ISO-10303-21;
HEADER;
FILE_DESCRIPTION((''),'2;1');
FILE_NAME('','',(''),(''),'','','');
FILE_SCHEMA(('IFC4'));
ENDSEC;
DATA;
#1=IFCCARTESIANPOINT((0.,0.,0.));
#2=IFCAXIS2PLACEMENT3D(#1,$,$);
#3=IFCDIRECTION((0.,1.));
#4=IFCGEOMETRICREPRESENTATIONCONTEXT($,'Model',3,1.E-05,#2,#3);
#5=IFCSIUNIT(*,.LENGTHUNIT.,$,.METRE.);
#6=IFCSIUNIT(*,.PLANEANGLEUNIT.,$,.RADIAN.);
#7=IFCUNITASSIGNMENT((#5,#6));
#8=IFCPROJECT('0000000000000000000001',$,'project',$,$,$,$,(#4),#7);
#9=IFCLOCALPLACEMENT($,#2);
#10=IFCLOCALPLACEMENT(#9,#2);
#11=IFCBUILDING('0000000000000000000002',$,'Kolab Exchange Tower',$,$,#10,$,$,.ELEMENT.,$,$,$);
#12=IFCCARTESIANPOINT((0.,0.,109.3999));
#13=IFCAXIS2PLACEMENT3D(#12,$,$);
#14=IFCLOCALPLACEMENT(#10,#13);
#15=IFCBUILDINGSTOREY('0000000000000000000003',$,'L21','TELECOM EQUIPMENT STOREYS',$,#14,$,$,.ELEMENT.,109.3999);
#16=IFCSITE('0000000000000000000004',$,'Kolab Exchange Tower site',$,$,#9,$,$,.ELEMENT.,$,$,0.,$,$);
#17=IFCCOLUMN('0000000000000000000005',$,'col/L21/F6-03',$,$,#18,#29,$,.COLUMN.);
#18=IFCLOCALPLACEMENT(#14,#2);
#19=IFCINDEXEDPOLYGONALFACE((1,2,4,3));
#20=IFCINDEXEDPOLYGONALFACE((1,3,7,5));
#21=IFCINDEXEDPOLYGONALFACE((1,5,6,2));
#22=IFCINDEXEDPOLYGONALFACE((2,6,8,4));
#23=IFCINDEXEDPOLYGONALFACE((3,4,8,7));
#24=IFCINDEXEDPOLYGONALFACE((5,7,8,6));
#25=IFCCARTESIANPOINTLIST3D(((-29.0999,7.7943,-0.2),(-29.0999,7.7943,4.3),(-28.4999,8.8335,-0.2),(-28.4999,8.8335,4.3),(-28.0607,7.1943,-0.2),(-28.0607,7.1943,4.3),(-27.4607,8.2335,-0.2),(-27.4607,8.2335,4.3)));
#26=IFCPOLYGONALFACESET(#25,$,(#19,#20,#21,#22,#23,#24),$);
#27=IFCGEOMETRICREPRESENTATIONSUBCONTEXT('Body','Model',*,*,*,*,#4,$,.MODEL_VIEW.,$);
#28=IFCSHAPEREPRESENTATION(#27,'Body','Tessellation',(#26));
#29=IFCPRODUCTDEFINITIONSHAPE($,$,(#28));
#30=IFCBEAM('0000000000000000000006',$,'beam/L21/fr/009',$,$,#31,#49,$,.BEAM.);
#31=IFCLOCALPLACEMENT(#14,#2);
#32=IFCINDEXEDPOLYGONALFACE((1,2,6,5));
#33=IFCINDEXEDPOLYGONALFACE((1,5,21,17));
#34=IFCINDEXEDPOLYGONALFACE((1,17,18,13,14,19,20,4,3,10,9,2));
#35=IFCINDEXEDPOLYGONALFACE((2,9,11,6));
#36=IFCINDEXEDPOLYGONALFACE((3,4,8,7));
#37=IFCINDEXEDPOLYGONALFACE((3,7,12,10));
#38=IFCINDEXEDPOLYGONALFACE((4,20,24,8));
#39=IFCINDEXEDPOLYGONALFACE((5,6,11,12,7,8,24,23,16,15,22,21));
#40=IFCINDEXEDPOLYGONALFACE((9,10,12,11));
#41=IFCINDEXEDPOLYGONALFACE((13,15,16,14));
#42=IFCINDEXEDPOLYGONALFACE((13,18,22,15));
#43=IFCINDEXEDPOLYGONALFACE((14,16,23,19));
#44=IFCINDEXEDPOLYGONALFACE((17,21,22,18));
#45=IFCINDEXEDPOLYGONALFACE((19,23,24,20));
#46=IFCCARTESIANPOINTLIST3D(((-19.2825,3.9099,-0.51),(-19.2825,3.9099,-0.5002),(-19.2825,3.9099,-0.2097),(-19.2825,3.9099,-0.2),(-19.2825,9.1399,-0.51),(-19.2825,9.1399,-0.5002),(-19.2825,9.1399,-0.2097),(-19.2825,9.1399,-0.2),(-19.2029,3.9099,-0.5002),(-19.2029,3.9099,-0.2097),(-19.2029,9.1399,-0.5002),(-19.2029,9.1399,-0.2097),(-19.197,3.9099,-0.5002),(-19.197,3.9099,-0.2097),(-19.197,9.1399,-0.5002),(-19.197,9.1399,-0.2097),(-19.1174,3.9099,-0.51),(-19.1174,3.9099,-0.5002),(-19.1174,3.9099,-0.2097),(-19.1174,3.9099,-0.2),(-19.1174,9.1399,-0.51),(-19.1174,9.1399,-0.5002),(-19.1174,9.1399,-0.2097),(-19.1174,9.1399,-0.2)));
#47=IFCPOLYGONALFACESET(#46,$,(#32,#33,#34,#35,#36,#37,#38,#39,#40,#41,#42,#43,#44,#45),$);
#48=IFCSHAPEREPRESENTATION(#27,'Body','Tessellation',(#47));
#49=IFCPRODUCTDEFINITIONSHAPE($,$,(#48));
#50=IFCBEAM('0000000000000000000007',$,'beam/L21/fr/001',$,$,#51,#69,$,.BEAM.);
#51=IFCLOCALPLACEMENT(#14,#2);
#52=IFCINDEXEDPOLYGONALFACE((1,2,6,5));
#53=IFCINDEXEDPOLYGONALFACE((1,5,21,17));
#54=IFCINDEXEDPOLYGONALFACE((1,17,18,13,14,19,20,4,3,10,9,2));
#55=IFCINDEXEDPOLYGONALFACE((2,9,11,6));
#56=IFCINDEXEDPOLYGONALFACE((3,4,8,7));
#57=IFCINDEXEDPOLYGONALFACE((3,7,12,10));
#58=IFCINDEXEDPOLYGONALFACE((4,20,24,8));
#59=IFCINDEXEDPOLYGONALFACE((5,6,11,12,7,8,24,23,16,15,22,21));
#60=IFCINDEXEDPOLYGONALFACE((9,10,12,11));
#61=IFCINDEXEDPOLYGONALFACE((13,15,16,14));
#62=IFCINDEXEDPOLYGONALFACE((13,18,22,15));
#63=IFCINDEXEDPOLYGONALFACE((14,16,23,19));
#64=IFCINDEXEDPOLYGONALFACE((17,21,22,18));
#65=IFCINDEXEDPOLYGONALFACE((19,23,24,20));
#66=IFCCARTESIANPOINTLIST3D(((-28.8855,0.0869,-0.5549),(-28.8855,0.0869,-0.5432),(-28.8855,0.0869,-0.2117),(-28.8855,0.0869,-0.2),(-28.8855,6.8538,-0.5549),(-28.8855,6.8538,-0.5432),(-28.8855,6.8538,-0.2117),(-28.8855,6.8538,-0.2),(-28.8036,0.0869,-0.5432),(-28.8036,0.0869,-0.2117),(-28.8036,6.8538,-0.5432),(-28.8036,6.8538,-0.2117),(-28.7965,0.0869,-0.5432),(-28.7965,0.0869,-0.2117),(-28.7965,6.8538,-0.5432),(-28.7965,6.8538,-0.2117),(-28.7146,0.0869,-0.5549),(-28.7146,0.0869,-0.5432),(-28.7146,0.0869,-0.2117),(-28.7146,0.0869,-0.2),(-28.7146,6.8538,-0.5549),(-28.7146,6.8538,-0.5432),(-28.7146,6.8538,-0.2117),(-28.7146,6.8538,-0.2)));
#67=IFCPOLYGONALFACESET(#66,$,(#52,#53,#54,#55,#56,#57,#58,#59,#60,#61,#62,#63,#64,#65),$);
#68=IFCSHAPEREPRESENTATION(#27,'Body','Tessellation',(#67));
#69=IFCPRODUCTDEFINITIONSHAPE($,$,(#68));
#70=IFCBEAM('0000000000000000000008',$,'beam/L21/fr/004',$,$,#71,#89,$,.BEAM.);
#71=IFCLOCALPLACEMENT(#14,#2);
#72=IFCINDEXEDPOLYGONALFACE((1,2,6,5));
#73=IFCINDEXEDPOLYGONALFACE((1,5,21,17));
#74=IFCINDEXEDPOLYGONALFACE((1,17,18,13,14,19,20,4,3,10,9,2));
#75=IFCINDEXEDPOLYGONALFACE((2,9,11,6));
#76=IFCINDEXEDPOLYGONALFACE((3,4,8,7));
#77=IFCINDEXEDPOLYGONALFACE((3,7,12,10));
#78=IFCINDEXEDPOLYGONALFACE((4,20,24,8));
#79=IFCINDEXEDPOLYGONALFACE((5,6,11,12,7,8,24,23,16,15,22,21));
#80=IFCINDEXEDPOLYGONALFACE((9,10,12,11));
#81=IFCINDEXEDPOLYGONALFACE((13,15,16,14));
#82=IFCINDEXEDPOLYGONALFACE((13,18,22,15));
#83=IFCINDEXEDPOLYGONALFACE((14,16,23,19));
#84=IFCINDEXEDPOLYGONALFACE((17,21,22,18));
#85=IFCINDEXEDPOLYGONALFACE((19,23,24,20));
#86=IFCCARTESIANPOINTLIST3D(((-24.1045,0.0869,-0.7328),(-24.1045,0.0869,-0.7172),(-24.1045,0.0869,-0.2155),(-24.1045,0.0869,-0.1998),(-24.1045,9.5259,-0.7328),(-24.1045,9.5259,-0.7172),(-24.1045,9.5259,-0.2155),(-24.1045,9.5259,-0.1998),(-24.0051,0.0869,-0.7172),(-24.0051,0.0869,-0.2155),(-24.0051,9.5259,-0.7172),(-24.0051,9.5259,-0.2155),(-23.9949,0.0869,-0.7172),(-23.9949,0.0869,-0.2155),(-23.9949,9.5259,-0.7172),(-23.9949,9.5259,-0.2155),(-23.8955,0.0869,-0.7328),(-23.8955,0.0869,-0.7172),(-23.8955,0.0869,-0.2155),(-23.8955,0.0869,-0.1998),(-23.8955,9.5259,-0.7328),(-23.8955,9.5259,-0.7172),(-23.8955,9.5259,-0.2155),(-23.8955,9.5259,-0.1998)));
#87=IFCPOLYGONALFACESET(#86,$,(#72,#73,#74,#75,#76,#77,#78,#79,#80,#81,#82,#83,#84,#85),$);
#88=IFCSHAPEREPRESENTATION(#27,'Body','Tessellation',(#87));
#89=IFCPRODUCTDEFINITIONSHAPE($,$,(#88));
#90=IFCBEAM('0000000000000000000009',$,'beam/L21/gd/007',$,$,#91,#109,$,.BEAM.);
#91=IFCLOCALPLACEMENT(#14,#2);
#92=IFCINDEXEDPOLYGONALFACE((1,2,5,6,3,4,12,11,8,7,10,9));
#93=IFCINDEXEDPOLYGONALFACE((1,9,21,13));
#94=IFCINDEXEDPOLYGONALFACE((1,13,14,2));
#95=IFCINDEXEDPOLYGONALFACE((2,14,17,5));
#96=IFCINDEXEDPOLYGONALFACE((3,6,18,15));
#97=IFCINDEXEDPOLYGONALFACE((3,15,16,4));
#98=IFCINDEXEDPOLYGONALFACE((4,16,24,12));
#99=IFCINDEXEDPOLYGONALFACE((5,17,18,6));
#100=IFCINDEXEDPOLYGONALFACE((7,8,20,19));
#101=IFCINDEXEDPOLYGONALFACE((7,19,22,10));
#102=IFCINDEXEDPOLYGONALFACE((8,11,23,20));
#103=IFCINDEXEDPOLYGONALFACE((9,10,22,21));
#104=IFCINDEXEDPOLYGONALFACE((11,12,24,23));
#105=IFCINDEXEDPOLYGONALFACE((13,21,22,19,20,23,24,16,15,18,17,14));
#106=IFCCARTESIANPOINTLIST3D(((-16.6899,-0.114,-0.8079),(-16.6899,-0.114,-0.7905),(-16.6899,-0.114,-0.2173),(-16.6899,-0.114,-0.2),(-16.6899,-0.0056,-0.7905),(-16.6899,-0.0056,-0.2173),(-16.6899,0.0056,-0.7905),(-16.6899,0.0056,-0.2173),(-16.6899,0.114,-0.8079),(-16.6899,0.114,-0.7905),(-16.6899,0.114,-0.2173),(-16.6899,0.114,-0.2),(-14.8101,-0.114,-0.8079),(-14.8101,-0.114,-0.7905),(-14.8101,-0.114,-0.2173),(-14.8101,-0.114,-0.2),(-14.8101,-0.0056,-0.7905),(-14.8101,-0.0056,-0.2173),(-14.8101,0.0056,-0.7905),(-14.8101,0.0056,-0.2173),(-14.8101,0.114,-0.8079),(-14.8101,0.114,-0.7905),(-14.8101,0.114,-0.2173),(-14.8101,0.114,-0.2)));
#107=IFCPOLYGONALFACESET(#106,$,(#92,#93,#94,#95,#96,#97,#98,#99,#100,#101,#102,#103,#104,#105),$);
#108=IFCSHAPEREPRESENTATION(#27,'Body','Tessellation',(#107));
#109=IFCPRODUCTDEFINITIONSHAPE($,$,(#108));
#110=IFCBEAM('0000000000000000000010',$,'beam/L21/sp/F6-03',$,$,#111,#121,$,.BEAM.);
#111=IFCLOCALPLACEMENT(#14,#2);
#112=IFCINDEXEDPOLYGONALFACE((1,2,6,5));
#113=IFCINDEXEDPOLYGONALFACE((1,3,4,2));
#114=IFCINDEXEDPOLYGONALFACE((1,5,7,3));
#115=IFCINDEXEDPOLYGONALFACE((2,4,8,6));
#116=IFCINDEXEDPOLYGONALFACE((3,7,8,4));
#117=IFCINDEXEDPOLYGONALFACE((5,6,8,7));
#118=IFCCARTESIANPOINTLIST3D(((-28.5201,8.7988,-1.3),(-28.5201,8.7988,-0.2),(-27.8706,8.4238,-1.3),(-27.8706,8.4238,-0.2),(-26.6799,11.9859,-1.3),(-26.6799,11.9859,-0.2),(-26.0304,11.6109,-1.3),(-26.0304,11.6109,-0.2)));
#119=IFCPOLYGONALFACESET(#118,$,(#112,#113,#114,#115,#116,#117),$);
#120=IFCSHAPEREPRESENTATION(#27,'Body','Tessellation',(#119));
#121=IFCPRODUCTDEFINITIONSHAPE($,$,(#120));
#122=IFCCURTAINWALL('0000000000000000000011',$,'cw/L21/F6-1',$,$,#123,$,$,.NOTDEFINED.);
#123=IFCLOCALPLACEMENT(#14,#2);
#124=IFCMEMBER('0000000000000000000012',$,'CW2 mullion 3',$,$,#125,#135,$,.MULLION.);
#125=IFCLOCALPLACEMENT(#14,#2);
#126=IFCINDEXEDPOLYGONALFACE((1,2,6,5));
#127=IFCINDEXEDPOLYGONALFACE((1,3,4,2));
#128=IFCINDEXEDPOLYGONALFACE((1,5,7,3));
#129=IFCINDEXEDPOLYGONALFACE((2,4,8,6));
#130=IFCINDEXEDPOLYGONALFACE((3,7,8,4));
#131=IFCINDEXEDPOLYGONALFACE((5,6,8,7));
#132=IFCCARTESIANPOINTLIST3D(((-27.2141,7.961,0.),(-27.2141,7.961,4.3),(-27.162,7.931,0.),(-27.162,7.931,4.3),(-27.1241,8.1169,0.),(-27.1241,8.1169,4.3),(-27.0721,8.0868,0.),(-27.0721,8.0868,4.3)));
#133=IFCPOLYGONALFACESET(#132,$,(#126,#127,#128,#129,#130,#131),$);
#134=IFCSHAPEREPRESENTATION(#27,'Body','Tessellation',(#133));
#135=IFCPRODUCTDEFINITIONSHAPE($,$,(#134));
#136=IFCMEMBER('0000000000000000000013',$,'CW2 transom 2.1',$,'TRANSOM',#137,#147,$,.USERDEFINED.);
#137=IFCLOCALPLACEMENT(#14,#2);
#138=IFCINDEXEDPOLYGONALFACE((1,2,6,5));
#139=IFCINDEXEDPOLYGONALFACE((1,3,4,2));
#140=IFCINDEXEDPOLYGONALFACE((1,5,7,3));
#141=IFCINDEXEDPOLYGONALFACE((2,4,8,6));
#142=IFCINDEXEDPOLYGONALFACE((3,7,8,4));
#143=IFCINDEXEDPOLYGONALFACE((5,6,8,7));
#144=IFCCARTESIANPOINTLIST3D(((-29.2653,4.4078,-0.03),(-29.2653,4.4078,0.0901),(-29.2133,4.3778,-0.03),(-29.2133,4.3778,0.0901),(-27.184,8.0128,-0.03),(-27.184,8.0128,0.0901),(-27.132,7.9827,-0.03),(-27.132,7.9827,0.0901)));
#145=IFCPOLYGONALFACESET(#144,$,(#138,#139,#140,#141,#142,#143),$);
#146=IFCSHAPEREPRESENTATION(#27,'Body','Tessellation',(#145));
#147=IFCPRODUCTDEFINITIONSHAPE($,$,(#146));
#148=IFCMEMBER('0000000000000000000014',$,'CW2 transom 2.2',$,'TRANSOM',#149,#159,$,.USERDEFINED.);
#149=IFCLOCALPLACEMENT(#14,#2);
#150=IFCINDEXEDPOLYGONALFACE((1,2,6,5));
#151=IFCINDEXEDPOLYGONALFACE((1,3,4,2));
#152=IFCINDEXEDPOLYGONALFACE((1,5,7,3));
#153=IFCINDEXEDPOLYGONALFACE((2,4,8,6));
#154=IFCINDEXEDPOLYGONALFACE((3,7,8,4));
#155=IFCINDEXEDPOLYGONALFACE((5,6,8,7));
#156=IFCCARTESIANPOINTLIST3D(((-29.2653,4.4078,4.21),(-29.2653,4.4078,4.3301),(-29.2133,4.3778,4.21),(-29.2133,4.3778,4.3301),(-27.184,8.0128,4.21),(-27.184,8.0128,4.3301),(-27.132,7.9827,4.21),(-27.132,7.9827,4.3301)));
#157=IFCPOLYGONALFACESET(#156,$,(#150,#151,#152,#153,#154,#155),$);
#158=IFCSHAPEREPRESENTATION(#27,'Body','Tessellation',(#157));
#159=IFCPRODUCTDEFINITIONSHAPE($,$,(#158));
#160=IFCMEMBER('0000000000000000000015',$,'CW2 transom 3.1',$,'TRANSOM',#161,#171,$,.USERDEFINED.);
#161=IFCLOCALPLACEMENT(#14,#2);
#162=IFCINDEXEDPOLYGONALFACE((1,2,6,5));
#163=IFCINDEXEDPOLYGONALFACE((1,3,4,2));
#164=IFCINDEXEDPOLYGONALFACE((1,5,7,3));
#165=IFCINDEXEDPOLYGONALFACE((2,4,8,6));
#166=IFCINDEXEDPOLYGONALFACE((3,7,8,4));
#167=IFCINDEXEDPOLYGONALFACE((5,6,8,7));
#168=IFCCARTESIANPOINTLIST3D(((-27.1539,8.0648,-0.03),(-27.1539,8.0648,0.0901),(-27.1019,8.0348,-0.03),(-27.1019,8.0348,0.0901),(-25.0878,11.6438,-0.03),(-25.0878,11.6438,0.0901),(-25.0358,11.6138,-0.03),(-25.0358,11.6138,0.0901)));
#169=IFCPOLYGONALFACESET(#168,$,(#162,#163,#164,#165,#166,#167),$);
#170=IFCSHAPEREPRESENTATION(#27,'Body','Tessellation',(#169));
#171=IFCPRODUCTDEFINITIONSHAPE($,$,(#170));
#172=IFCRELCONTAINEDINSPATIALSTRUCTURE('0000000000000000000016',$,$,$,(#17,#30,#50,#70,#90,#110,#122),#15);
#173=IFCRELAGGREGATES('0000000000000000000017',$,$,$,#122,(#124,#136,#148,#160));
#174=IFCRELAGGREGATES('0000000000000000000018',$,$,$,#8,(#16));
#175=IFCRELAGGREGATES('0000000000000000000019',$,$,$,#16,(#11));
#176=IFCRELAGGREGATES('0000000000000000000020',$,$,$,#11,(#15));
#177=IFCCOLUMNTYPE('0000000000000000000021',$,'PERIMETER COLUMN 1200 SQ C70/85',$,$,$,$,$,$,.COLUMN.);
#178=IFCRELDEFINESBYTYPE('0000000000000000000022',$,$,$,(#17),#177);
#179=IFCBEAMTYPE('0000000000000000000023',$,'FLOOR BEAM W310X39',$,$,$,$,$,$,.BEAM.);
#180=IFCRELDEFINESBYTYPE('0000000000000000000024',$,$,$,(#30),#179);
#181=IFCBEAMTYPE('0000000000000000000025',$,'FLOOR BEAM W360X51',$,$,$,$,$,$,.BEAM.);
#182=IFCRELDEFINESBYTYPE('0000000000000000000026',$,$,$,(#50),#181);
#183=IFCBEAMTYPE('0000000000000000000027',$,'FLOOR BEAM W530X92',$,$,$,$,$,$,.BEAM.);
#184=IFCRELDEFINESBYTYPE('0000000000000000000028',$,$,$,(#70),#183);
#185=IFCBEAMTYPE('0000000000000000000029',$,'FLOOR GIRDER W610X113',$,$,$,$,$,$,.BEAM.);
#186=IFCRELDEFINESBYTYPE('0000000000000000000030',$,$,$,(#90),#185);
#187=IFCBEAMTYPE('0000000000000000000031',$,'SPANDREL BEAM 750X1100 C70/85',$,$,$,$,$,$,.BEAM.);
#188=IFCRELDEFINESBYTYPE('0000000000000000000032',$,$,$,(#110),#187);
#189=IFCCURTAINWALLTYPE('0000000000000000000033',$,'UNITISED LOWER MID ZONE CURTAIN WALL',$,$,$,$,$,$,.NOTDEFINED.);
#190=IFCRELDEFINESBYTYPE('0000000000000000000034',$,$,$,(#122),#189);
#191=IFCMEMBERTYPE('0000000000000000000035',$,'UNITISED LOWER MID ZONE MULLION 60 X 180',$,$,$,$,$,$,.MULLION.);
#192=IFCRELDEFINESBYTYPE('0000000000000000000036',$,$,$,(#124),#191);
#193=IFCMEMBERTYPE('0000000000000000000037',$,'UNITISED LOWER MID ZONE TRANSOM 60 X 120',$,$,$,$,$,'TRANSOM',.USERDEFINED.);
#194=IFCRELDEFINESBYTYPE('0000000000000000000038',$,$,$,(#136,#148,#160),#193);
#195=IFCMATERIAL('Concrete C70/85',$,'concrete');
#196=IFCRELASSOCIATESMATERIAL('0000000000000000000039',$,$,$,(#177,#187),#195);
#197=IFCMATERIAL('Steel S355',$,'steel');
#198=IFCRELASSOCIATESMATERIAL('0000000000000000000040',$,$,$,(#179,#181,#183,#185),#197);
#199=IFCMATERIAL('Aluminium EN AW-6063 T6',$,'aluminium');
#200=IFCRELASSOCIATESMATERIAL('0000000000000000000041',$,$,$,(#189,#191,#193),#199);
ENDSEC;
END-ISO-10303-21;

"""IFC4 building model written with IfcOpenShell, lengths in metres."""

from ifc_helpers import new_model, si_unit, direction, frame, origin, origin_2d, place, context, subcontext, project, spatial, rectangle, i_section, extrude, material, material_profile, profile_set, type_object, element, aggregate, save


model = new_model("IFC4")

# Units and contexts
model_context = context("Model", 3, precision=1e-05, world=origin(), true_north=direction((0.0, 1.0)))
body_context = subcontext(model_context, "Body", "Model", "MODEL_VIEW")
ifc_project = project(units=[si_unit("LENGTHUNIT", "METRE"), si_unit("PLANEANGLEUNIT", "RADIAN")], contexts=[model_context])

# Site, building, storey
site_placement = place(None, origin())
site = spatial("IfcSite", under=ifc_project, at=site_placement, Name="Kolab Exchange Tower site", CompositionType="ELEMENT", RefElevation=0.0)
building_placement = place(site_placement, origin())
building = spatial("IfcBuilding", under=site, at=building_placement, Name="Kolab Exchange Tower", CompositionType="ELEMENT")
storey_placement = place(building_placement, frame((0.0, 0.0, 109.3999)))
storey = spatial("IfcBuildingStorey", under=building, at=storey_placement, Name="L21", Description="TELECOM EQUIPMENT STOREYS", CompositionType="ELEMENT", Elevation=109.3999)

# Column
ifc_material_1 = material(Name="Concrete C70/85", Category="concrete")
ifc_material_profile_1 = material_profile(ifc_material_1, rectangle(XDim=1.2, YDim=1.2, at=origin_2d()), Name="RC1200")
ifc_profile_set_1 = profile_set([ifc_material_profile_1], Name="Concrete C70/85")
column_type = type_object("IfcColumnType", Name="PERIMETER COLUMN 1200 SQ C70/85", PredefinedType="COLUMN", material=ifc_profile_set_1)
column_placement = place(storey_placement, frame((-28.2803, 8.0139, -0.2), z_axis=(0.0, 0.0, 1.0), x_axis=(0.5, 0.866025, 0.0)))
element("IfcColumn", 1, at=column_placement, inside=storey, type_object=column_type, Name="col/L21/F6-03", PredefinedType="COLUMN", context=body_context, shape_type="SweptSolid", body=[
    extrude(rectangle(XDim=1.2, YDim=1.2, at=origin_2d()), origin(), (0.0, 0.0, 1.0), 4.5),
])

# Beams
ifc_material_2 = material(Name="Steel S355", Category="steel")
ifc_material_profile_2 = material_profile(ifc_material_2, i_section(OverallWidth=0.165, OverallDepth=0.3101, WebThickness=0.0059, FlangeThickness=0.0098, at=origin_2d()), Name="W310X39")
ifc_profile_set_2 = profile_set([ifc_material_profile_2], Name="Steel S355")
beam_type_1 = type_object("IfcBeamType", Name="FLOOR BEAM W310X39", PredefinedType="BEAM", material=ifc_profile_set_2)
beam_1_placement = place(storey_placement, frame((-19.2, 3.9099, -0.355), z_axis=(0.0, 1.0, 0.0), x_axis=(-1.0, 0.0, 0.0)))
element("IfcBeam", 2, at=beam_1_placement, inside=storey, type_object=beam_type_1, Name="beam/L21/fr/009", PredefinedType="BEAM", context=body_context, shape_type="SweptSolid", body=[
    extrude(i_section(OverallWidth=0.165, OverallDepth=0.3101, WebThickness=0.0059, FlangeThickness=0.0098, at=origin_2d()), origin(), (0.0, 0.0, 1.0), 5.23),
])
ifc_material_profile_3 = material_profile(ifc_material_2, i_section(OverallWidth=0.1709, OverallDepth=0.355, WebThickness=0.0071, FlangeThickness=0.0117, at=origin_2d()), Name="W360X51")
ifc_profile_set_3 = profile_set([ifc_material_profile_3], Name="Steel S355")
beam_type_2 = type_object("IfcBeamType", Name="FLOOR BEAM W360X51", PredefinedType="BEAM", material=ifc_profile_set_3)
beam_2_placement = place(storey_placement, frame((-28.8, 0.0869, -0.3774), z_axis=(0.0, 1.0, 0.0), x_axis=(-1.0, 0.0, 0.0)))
element("IfcBeam", 3, at=beam_2_placement, inside=storey, type_object=beam_type_2, Name="beam/L21/fr/001", PredefinedType="BEAM", context=body_context, shape_type="SweptSolid", body=[
    extrude(i_section(OverallWidth=0.1709, OverallDepth=0.355, WebThickness=0.0071, FlangeThickness=0.0117, at=origin_2d()), origin(), (0.0, 0.0, 1.0), 6.7668),
])
ifc_material_profile_4 = material_profile(ifc_material_2, i_section(OverallWidth=0.209, OverallDepth=0.533, WebThickness=0.0103, FlangeThickness=0.0156, at=origin_2d()), Name="W530X92")
ifc_profile_set_4 = profile_set([ifc_material_profile_4], Name="Steel S355")
beam_type_3 = type_object("IfcBeamType", Name="FLOOR BEAM W530X92", PredefinedType="BEAM", material=ifc_profile_set_4)
beam_3_placement = place(storey_placement, frame((-24.0, 0.0869, -0.4663), z_axis=(0.0, 1.0, 0.0), x_axis=(-1.0, 0.0, 0.0)))
element("IfcBeam", 4, at=beam_3_placement, inside=storey, type_object=beam_type_3, Name="beam/L21/fr/004", PredefinedType="BEAM", context=body_context, shape_type="SweptSolid", body=[
    extrude(i_section(OverallWidth=0.209, OverallDepth=0.533, WebThickness=0.0103, FlangeThickness=0.0156, at=origin_2d()), origin(), (0.0, 0.0, 1.0), 9.439),
])
ifc_material_profile_5 = material_profile(ifc_material_2, i_section(OverallWidth=0.228, OverallDepth=0.6079, WebThickness=0.0112, FlangeThickness=0.0173, at=origin_2d()), Name="W610X113")
ifc_profile_set_5 = profile_set([ifc_material_profile_5], Name="Steel S355")
beam_type_4 = type_object("IfcBeamType", Name="FLOOR GIRDER W610X113", PredefinedType="BEAM", material=ifc_profile_set_5)
beam_4_placement = place(storey_placement, frame((-16.6899, 0.0, -0.5039), z_axis=(1.0, 0.0, 0.0), x_axis=(0.0, 1.0, 0.0)))
element("IfcBeam", 5, at=beam_4_placement, inside=storey, type_object=beam_type_4, Name="beam/L21/gd/007", PredefinedType="BEAM", context=body_context, shape_type="SweptSolid", body=[
    extrude(i_section(OverallWidth=0.228, OverallDepth=0.6079, WebThickness=0.0112, FlangeThickness=0.0173, at=origin_2d()), origin(), (0.0, 0.0, 1.0), 1.8799),
])
ifc_material_profile_6 = material_profile(ifc_material_1, rectangle(XDim=0.75, YDim=1.1001, at=origin_2d()), Name="RC750X1100")
ifc_profile_set_6 = profile_set([ifc_material_profile_6], Name="Concrete C70/85")
beam_type_5 = type_object("IfcBeamType", Name="SPANDREL BEAM 750X1100 C70/85", PredefinedType="BEAM", material=ifc_profile_set_6)
beam_5_placement = place(storey_placement, frame((-28.1953, 8.6113, -0.75), z_axis=(0.500013, 0.866018, 0.0), x_axis=(-0.866018, 0.500013, 0.0)))
element("IfcBeam", 6, at=beam_5_placement, inside=storey, type_object=beam_type_5, Name="beam/L21/sp/F6-03", PredefinedType="BEAM", context=body_context, shape_type="SweptSolid", body=[
    extrude(rectangle(XDim=0.75, YDim=1.1001, at=origin_2d()), origin(), (0.0, 0.0, 1.0), 3.6802),
])

# Curtain wall, members
ifc_material_3 = material(Name="Aluminium EN AW-6063 T6", Category="aluminium")
curtain_wall_type = type_object("IfcCurtainWallType", Name="UNITISED LOWER MID ZONE CURTAIN WALL", PredefinedType="NOTDEFINED", material=ifc_material_3)
curtain_wall_placement = place(storey_placement, origin())
curtain_wall = element("IfcCurtainWall", 7, at=curtain_wall_placement, inside=storey, type_object=curtain_wall_type, Name="cw/L21/F6-1", PredefinedType="NOTDEFINED")
ifc_material_profile_7 = material_profile(ifc_material_3, rectangle(XDim=0.0601, YDim=0.1799, at=origin_2d()), Name="RECT 60X180")
ifc_profile_set_7 = profile_set([ifc_material_profile_7], Name="Aluminium EN AW-6063 T6")
member_type_1 = type_object("IfcMemberType", Name="UNITISED LOWER MID ZONE MULLION 60 X 180", PredefinedType="MULLION", material=ifc_profile_set_7)
member_1_placement = place(storey_placement, frame((-27.1431, 8.0239, 0.0), z_axis=(0.0, 0.0, 1.0), x_axis=(-0.866025, 0.5, 0.0)))
member_1 = element("IfcMember", 8, at=member_1_placement, type_object=member_type_1, Name="CW2 mullion 3", PredefinedType="MULLION", context=body_context, shape_type="SweptSolid", body=[
    extrude(rectangle(XDim=0.0601, YDim=0.1799, at=origin_2d()), origin(), (0.0, 0.0, 1.0), 4.3),
])
ifc_material_profile_8 = material_profile(ifc_material_3, rectangle(XDim=0.0601, YDim=0.1201, at=origin_2d()), Name="RECT 60X120")
ifc_profile_set_8 = profile_set([ifc_material_profile_8], Name="Aluminium EN AW-6063 T6")
member_type_2 = type_object("IfcMemberType", Name="UNITISED LOWER MID ZONE TRANSOM 60 X 120", ElementType="TRANSOM", PredefinedType="USERDEFINED", material=ifc_profile_set_8)
member_2_placement = place(storey_placement, frame((-29.2393, 4.3928, 0.03), z_axis=(0.499993, 0.866029, 0.0), x_axis=(-0.866029, 0.499993, 0.0)))
member_2 = element("IfcMember", 9, at=member_2_placement, type_object=member_type_2, Name="CW2 transom 2.1", ObjectType="TRANSOM", PredefinedType="USERDEFINED", context=body_context, shape_type="SweptSolid", body=[
    extrude(rectangle(XDim=0.0601, YDim=0.1201, at=origin_2d()), origin(), (0.0, 0.0, 1.0), 4.1626),
])
member_3_placement = place(storey_placement, frame((-29.2393, 4.3928, 4.27), z_axis=(0.499993, 0.866029, 0.0), x_axis=(-0.866029, 0.499993, 0.0)))
member_3 = element("IfcMember", 10, at=member_3_placement, type_object=member_type_2, Name="CW2 transom 2.2", ObjectType="TRANSOM", PredefinedType="USERDEFINED", context=body_context, shape_type="SweptSolid", body=[
    extrude(rectangle(XDim=0.0601, YDim=0.1201, at=origin_2d()), origin(), (0.0, 0.0, 1.0), 4.1626),
])
member_4_placement = place(storey_placement, frame((-27.1279, 8.0498, 0.03), z_axis=(0.499958, 0.86605, 0.0), x_axis=(-0.86605, 0.499958, 0.0)))
member_4 = element("IfcMember", 11, at=member_4_placement, type_object=member_type_2, Name="CW2 transom 3.1", ObjectType="TRANSOM", PredefinedType="USERDEFINED", context=body_context, shape_type="SweptSolid", body=[
    extrude(rectangle(XDim=0.0601, YDim=0.1201, at=origin_2d()), origin(), (0.0, 0.0, 1.0), 4.1326),
])
aggregate(curtain_wall, [member_1, member_2, member_3, member_4])

save(model, "model.ifc")
